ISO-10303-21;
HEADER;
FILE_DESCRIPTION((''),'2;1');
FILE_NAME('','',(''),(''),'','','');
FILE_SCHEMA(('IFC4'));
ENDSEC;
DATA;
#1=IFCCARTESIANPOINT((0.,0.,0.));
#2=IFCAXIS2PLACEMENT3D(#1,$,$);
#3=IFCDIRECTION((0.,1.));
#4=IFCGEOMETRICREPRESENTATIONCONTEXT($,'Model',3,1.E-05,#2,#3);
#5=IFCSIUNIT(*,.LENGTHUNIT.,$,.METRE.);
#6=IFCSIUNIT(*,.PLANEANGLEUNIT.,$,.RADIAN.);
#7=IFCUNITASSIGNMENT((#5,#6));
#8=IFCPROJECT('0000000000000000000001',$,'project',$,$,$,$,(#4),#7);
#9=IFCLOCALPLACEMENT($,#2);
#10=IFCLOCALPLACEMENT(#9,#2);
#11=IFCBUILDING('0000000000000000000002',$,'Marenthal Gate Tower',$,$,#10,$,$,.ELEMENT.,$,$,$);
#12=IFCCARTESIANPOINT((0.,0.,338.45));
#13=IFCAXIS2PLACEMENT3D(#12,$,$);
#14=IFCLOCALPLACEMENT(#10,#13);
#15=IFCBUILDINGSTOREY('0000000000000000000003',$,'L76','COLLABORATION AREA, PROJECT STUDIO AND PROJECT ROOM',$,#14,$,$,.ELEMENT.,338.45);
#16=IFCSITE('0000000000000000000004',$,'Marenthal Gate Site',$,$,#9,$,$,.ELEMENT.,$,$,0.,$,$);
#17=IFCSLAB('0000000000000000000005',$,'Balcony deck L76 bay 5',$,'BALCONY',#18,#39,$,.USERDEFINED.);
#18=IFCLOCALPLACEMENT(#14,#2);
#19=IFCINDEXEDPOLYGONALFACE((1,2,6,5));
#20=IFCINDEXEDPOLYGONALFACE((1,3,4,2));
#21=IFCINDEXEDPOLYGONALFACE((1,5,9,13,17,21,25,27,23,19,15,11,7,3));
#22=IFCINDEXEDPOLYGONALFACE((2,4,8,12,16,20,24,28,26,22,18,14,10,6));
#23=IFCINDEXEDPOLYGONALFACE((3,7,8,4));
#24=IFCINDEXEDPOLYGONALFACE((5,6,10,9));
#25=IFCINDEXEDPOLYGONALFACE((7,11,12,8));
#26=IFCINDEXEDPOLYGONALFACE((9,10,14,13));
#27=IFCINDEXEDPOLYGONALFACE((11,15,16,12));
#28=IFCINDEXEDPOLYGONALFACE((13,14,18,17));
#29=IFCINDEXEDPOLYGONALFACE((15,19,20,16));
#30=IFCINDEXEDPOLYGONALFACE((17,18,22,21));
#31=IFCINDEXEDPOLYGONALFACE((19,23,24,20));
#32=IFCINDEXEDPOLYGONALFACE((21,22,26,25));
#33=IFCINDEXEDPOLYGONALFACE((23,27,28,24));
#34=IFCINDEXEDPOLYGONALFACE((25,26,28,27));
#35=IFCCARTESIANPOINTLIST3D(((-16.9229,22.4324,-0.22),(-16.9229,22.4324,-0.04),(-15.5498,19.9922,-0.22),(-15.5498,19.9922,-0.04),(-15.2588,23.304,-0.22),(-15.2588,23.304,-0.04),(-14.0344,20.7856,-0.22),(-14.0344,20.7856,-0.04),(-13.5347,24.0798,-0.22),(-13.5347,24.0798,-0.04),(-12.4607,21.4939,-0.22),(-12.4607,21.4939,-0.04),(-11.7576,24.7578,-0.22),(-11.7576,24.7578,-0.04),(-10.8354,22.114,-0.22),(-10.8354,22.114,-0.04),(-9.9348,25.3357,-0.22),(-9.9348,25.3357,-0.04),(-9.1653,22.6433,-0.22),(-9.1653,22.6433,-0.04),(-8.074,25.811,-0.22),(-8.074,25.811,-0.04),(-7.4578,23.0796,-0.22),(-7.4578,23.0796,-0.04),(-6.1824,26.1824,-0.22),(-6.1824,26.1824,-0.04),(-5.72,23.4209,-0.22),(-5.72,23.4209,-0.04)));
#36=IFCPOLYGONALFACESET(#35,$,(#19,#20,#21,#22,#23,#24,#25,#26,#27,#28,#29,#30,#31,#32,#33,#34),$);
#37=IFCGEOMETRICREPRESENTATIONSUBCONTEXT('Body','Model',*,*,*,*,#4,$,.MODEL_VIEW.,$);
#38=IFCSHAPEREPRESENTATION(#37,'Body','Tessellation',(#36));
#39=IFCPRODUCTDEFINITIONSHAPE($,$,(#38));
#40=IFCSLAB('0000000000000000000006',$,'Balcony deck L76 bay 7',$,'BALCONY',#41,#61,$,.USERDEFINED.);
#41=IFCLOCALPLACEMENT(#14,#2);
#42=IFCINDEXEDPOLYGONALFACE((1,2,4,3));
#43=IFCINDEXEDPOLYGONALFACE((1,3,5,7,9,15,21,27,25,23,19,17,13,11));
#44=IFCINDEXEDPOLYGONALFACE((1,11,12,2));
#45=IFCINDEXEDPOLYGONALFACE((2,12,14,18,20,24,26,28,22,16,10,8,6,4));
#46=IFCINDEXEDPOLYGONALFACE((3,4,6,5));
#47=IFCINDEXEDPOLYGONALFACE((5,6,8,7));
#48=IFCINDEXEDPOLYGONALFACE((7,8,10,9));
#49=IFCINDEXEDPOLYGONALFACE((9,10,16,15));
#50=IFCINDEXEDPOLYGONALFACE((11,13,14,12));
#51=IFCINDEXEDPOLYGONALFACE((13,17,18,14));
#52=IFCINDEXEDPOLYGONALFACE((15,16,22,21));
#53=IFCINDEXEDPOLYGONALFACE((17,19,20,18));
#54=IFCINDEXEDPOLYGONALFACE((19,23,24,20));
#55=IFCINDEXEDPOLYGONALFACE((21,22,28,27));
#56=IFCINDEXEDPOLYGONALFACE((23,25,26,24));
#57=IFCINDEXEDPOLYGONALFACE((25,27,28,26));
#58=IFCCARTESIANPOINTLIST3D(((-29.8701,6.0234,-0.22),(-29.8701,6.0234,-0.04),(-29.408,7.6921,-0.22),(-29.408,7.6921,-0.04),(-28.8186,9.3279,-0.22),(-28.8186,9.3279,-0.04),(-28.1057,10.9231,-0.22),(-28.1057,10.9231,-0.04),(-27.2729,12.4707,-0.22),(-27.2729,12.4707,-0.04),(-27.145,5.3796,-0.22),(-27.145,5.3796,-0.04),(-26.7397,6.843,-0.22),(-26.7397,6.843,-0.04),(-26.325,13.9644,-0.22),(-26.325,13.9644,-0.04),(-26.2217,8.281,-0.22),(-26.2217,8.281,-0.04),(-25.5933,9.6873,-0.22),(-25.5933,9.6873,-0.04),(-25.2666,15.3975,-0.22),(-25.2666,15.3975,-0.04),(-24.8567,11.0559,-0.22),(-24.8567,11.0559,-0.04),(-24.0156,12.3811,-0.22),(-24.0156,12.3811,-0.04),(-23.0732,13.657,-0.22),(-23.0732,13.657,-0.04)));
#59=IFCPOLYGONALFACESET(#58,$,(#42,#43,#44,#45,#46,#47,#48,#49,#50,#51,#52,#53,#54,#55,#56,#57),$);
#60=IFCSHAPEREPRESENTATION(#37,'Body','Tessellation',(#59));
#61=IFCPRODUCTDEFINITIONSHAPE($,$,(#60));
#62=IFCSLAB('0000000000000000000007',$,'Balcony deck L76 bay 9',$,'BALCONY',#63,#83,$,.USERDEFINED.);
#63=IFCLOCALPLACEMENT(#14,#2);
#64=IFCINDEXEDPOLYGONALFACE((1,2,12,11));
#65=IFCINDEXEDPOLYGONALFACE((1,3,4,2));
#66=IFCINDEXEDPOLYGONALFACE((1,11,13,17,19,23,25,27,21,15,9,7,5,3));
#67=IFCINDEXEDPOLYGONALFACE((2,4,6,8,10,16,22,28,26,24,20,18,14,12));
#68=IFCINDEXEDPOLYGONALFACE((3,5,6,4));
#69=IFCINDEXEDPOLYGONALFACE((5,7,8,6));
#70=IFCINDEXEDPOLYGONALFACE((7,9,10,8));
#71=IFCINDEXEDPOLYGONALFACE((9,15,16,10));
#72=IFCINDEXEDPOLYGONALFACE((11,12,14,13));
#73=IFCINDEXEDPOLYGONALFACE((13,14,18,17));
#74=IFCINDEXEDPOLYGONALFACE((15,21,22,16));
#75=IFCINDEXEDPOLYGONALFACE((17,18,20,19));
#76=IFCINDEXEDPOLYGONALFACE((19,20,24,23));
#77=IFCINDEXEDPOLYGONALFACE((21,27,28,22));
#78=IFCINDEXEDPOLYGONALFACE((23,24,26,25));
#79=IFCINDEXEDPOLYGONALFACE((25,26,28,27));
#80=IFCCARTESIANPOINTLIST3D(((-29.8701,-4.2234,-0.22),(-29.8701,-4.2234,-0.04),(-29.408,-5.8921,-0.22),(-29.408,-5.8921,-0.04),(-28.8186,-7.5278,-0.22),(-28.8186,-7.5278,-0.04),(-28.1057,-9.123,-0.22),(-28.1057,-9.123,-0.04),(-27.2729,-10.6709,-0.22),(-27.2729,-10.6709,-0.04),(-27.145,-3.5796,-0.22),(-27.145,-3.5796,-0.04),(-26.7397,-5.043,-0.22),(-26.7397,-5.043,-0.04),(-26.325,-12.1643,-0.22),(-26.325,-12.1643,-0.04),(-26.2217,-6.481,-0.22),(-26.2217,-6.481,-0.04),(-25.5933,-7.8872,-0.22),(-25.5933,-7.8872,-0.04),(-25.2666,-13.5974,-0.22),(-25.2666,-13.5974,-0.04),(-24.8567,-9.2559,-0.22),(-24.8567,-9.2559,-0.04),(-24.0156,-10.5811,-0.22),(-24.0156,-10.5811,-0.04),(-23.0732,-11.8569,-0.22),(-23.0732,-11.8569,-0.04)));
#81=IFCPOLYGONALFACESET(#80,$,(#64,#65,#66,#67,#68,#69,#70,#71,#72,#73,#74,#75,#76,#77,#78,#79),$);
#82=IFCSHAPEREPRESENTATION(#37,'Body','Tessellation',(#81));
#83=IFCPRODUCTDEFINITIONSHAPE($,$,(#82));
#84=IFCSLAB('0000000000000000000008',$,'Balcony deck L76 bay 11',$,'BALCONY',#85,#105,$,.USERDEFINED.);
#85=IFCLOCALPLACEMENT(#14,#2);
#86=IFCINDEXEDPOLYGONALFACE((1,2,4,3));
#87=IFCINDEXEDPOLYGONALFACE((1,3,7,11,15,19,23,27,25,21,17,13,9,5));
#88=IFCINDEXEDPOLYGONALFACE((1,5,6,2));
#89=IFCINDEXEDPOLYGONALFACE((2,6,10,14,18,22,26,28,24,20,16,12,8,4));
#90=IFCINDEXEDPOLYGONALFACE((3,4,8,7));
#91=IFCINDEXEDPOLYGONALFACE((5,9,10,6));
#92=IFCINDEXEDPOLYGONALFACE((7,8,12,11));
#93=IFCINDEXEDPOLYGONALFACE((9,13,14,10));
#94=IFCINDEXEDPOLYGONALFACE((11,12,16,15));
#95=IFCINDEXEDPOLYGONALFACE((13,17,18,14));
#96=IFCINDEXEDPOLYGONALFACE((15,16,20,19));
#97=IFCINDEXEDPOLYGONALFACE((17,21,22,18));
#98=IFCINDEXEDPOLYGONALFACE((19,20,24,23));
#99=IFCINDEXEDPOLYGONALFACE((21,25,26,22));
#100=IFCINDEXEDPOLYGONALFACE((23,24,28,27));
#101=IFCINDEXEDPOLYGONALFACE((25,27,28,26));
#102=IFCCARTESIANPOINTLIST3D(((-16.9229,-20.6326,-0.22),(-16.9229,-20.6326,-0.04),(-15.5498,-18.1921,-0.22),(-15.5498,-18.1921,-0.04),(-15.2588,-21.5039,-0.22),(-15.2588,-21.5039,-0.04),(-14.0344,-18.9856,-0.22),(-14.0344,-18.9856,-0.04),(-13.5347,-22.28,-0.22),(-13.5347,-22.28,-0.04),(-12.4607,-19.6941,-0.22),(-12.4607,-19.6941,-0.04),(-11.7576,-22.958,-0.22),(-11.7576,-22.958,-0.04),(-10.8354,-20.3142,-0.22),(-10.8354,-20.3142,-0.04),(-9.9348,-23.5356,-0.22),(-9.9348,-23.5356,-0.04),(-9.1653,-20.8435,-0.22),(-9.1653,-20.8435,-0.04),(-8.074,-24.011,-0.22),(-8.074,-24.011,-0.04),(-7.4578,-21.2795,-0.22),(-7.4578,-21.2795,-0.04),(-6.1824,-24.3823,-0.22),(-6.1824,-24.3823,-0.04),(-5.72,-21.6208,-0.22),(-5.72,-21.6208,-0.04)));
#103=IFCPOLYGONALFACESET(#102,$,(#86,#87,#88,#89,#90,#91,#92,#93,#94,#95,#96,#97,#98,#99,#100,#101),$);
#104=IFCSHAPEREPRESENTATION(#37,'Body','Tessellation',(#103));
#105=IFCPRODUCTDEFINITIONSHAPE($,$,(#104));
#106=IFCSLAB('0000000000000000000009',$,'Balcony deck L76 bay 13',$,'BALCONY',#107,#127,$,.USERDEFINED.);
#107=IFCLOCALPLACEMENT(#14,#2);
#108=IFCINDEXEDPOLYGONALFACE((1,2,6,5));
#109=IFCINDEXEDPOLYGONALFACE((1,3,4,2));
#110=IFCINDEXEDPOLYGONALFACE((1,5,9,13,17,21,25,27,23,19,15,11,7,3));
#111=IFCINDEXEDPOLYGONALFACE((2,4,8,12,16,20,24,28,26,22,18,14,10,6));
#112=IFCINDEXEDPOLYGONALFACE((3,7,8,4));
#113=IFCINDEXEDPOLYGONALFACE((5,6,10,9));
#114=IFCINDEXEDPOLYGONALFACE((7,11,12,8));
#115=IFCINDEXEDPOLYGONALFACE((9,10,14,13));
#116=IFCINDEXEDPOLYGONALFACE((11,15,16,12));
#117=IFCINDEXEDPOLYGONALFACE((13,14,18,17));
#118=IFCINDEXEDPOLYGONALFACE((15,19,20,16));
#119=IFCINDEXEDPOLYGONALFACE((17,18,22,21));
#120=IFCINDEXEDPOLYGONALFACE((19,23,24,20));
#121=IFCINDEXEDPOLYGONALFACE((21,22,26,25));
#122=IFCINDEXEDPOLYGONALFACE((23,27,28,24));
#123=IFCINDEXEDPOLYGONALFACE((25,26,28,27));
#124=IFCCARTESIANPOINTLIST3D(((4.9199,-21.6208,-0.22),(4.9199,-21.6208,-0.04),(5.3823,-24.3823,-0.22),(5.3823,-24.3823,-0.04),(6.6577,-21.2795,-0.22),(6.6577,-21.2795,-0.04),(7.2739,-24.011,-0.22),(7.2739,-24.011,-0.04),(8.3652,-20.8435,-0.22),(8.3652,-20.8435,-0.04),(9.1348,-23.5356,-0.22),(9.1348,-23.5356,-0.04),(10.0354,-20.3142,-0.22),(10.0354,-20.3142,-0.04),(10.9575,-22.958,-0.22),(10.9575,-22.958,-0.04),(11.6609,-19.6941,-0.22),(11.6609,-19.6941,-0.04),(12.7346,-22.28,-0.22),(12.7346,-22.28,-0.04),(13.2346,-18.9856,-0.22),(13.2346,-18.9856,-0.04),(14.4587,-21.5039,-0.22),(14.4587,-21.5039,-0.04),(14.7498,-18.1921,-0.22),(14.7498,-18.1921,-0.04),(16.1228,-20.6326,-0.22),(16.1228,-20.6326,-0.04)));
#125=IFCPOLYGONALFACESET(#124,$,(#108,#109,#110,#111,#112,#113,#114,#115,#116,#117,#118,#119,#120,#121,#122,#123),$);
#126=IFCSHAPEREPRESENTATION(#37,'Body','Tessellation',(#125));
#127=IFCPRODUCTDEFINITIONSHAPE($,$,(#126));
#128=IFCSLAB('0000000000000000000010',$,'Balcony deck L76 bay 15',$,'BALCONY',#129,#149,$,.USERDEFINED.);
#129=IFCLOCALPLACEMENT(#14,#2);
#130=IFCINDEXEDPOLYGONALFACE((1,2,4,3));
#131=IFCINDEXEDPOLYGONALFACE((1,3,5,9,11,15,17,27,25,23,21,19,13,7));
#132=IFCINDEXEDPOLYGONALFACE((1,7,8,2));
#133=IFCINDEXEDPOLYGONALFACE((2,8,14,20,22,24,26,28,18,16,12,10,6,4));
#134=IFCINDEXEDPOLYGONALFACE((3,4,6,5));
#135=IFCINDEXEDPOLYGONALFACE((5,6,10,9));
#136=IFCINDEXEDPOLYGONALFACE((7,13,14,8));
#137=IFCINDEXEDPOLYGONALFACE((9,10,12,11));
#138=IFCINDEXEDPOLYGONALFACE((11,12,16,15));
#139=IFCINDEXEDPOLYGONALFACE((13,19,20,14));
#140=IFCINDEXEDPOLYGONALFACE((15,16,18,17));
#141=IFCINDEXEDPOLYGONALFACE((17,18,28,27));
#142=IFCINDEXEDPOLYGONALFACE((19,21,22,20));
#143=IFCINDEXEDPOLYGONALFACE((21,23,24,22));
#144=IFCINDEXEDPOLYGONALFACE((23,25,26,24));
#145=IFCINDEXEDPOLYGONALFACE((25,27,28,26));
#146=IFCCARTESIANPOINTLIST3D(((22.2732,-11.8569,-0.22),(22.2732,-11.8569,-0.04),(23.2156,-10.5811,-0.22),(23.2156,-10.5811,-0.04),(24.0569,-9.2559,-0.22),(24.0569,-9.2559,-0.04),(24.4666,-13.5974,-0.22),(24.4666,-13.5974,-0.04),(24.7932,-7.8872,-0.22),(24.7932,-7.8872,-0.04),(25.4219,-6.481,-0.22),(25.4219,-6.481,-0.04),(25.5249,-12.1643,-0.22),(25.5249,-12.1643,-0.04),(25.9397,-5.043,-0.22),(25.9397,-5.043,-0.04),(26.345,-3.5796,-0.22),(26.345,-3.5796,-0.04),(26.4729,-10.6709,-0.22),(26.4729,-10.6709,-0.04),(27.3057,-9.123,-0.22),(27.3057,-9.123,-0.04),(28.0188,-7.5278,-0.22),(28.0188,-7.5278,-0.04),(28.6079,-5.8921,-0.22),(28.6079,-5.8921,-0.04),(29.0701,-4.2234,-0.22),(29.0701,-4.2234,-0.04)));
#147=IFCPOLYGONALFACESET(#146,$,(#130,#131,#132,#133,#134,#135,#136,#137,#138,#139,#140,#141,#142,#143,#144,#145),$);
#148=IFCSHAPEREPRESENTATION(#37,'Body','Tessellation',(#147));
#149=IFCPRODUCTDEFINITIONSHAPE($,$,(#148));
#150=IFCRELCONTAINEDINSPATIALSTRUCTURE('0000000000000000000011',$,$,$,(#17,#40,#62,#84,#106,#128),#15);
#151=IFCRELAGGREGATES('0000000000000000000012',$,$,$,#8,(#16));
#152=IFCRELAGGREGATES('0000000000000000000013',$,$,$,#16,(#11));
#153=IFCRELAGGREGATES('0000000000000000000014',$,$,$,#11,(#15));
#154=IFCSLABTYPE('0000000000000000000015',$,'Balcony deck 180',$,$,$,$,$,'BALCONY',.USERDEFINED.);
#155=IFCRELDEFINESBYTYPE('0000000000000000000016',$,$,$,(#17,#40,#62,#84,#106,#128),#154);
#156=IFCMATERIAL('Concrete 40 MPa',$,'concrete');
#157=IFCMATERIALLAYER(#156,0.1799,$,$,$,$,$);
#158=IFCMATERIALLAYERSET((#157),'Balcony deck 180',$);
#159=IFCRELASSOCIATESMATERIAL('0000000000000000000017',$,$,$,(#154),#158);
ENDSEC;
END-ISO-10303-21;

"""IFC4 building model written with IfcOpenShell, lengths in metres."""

from ifc_helpers import new_model, si_unit, direction, frame, origin, place, context, subcontext, project, spatial, polyline, outline, extrude, material, layer, layer_set, type_object, element, save


model = new_model("IFC4")

# Units and contexts
model_context = context("Model", 3, precision=1e-05, world=origin(), true_north=direction((0.0, 1.0)))
body_context = subcontext(model_context, "Body", "Model", "MODEL_VIEW")
ifc_project = project(units=[si_unit("LENGTHUNIT", "METRE"), si_unit("PLANEANGLEUNIT", "RADIAN")], contexts=[model_context])

# Site, building, storey
site_placement = place(None, origin())
site = spatial("IfcSite", under=ifc_project, at=site_placement, Name="Marenthal Gate Site", CompositionType="ELEMENT", RefElevation=0.0)
building_placement = place(site_placement, origin())
building = spatial("IfcBuilding", under=site, at=building_placement, Name="Marenthal Gate Tower", CompositionType="ELEMENT")
storey_placement = place(building_placement, frame((0.0, 0.0, 338.45)))
storey = spatial("IfcBuildingStorey", under=building, at=storey_placement, Name="L76", Description="COLLABORATION AREA, PROJECT STUDIO AND PROJECT ROOM", CompositionType="ELEMENT", Elevation=338.45)

# Slabs
ifc_material_1 = material(Name="Concrete 40 MPa", Category="concrete")
ifc_layer_1 = layer(ifc_material_1, 0.1799)
ifc_layer_set_1 = layer_set([ifc_layer_1], Name="Balcony deck 180")
slab_type_1 = type_object("IfcSlabType", Name="Balcony deck 180", ElementType="BALCONY", PredefinedType="USERDEFINED", material=ifc_layer_set_1)
slab_1_placement = place(storey_placement, frame((0.0, 0.0, -0.22)))
element("IfcSlab", 1, at=slab_1_placement, inside=storey, type_object=slab_type_1, Name="Balcony deck L76 bay 5", ObjectType="BALCONY", PredefinedType="USERDEFINED", context=body_context, shape_type="SweptSolid", body=[
    extrude(outline(polyline([(-5.72, 23.4209), (-7.4578, 23.0796), (-9.1653, 22.6433), (-10.8354, 22.114), (-12.4607, 21.4939), (-14.0344, 20.7856), (-15.5498, 19.9922), (-16.9229, 22.4324), (-15.2588, 23.304), (-13.5347, 24.0798), (-11.7576, 24.7578), (-9.9348, 25.3357), (-8.074, 25.811), (-6.1824, 26.1824), (-5.72, 23.4209)])), origin(), (0.0, 0.0, 1.0), 0.1799),
])
slab_2_placement = place(storey_placement, frame((0.0, 0.0, -0.22)))
element("IfcSlab", 2, at=slab_2_placement, inside=storey, type_object=slab_type_1, Name="Balcony deck L76 bay 7", ObjectType="BALCONY", PredefinedType="USERDEFINED", context=body_context, shape_type="SweptSolid", body=[
    extrude(outline(polyline([(-23.0732, 13.657), (-24.0156, 12.3811), (-24.8567, 11.0559), (-25.5933, 9.6873), (-26.2217, 8.281), (-26.7397, 6.843), (-27.145, 5.3796), (-29.8701, 6.0234), (-29.408, 7.6921), (-28.8186, 9.3279), (-28.1057, 10.9231), (-27.2729, 12.4707), (-26.325, 13.9644), (-25.2666, 15.3975), (-23.0732, 13.657)])), origin(), (0.0, 0.0, 1.0), 0.1799),
])
slab_3_placement = place(storey_placement, frame((0.0, 0.0, -0.22)))
element("IfcSlab", 3, at=slab_3_placement, inside=storey, type_object=slab_type_1, Name="Balcony deck L76 bay 9", ObjectType="BALCONY", PredefinedType="USERDEFINED", context=body_context, shape_type="SweptSolid", body=[
    extrude(outline(polyline([(-27.145, -3.5796), (-26.7397, -5.043), (-26.2217, -6.481), (-25.5933, -7.8872), (-24.8567, -9.2559), (-24.0156, -10.5811), (-23.0732, -11.8569), (-25.2666, -13.5974), (-26.325, -12.1643), (-27.2729, -10.6709), (-28.1057, -9.123), (-28.8186, -7.5278), (-29.408, -5.8921), (-29.8701, -4.2234), (-27.145, -3.5796)])), origin(), (0.0, 0.0, 1.0), 0.1799),
])
slab_4_placement = place(storey_placement, frame((0.0, 0.0, -0.22)))
element("IfcSlab", 4, at=slab_4_placement, inside=storey, type_object=slab_type_1, Name="Balcony deck L76 bay 11", ObjectType="BALCONY", PredefinedType="USERDEFINED", context=body_context, shape_type="SweptSolid", body=[
    extrude(outline(polyline([(-15.5498, -18.1921), (-14.0344, -18.9856), (-12.4607, -19.6941), (-10.8354, -20.3142), (-9.1653, -20.8435), (-7.4578, -21.2795), (-5.72, -21.6208), (-6.1824, -24.3823), (-8.074, -24.011), (-9.9348, -23.5356), (-11.7576, -22.958), (-13.5347, -22.28), (-15.2588, -21.5039), (-16.9229, -20.6326), (-15.5498, -18.1921)])), origin(), (0.0, 0.0, 1.0), 0.1799),
])
slab_5_placement = place(storey_placement, frame((0.0, 0.0, -0.22)))
element("IfcSlab", 5, at=slab_5_placement, inside=storey, type_object=slab_type_1, Name="Balcony deck L76 bay 13", ObjectType="BALCONY", PredefinedType="USERDEFINED", context=body_context, shape_type="SweptSolid", body=[
    extrude(outline(polyline([(4.9199, -21.6208), (6.6577, -21.2795), (8.3652, -20.8435), (10.0354, -20.3142), (11.6609, -19.6941), (13.2346, -18.9856), (14.7498, -18.1921), (16.1228, -20.6326), (14.4587, -21.5039), (12.7346, -22.28), (10.9575, -22.958), (9.1348, -23.5356), (7.2739, -24.011), (5.3823, -24.3823), (4.9199, -21.6208)])), origin(), (0.0, 0.0, 1.0), 0.1799),
])
slab_6_placement = place(storey_placement, frame((0.0, 0.0, -0.22)))
element("IfcSlab", 6, at=slab_6_placement, inside=storey, type_object=slab_type_1, Name="Balcony deck L76 bay 15", ObjectType="BALCONY", PredefinedType="USERDEFINED", context=body_context, shape_type="SweptSolid", body=[
    extrude(outline(polyline([(22.2732, -11.8569), (23.2156, -10.5811), (24.0569, -9.2559), (24.7932, -7.8872), (25.4219, -6.481), (25.9397, -5.043), (26.345, -3.5796), (29.0701, -4.2234), (28.6079, -5.8921), (28.0188, -7.5278), (27.3057, -9.123), (26.4729, -10.6709), (25.5249, -12.1643), (24.4666, -13.5974), (22.2732, -11.8569)])), origin(), (0.0, 0.0, 1.0), 0.1799),
])

save(model, "model.ifc")
